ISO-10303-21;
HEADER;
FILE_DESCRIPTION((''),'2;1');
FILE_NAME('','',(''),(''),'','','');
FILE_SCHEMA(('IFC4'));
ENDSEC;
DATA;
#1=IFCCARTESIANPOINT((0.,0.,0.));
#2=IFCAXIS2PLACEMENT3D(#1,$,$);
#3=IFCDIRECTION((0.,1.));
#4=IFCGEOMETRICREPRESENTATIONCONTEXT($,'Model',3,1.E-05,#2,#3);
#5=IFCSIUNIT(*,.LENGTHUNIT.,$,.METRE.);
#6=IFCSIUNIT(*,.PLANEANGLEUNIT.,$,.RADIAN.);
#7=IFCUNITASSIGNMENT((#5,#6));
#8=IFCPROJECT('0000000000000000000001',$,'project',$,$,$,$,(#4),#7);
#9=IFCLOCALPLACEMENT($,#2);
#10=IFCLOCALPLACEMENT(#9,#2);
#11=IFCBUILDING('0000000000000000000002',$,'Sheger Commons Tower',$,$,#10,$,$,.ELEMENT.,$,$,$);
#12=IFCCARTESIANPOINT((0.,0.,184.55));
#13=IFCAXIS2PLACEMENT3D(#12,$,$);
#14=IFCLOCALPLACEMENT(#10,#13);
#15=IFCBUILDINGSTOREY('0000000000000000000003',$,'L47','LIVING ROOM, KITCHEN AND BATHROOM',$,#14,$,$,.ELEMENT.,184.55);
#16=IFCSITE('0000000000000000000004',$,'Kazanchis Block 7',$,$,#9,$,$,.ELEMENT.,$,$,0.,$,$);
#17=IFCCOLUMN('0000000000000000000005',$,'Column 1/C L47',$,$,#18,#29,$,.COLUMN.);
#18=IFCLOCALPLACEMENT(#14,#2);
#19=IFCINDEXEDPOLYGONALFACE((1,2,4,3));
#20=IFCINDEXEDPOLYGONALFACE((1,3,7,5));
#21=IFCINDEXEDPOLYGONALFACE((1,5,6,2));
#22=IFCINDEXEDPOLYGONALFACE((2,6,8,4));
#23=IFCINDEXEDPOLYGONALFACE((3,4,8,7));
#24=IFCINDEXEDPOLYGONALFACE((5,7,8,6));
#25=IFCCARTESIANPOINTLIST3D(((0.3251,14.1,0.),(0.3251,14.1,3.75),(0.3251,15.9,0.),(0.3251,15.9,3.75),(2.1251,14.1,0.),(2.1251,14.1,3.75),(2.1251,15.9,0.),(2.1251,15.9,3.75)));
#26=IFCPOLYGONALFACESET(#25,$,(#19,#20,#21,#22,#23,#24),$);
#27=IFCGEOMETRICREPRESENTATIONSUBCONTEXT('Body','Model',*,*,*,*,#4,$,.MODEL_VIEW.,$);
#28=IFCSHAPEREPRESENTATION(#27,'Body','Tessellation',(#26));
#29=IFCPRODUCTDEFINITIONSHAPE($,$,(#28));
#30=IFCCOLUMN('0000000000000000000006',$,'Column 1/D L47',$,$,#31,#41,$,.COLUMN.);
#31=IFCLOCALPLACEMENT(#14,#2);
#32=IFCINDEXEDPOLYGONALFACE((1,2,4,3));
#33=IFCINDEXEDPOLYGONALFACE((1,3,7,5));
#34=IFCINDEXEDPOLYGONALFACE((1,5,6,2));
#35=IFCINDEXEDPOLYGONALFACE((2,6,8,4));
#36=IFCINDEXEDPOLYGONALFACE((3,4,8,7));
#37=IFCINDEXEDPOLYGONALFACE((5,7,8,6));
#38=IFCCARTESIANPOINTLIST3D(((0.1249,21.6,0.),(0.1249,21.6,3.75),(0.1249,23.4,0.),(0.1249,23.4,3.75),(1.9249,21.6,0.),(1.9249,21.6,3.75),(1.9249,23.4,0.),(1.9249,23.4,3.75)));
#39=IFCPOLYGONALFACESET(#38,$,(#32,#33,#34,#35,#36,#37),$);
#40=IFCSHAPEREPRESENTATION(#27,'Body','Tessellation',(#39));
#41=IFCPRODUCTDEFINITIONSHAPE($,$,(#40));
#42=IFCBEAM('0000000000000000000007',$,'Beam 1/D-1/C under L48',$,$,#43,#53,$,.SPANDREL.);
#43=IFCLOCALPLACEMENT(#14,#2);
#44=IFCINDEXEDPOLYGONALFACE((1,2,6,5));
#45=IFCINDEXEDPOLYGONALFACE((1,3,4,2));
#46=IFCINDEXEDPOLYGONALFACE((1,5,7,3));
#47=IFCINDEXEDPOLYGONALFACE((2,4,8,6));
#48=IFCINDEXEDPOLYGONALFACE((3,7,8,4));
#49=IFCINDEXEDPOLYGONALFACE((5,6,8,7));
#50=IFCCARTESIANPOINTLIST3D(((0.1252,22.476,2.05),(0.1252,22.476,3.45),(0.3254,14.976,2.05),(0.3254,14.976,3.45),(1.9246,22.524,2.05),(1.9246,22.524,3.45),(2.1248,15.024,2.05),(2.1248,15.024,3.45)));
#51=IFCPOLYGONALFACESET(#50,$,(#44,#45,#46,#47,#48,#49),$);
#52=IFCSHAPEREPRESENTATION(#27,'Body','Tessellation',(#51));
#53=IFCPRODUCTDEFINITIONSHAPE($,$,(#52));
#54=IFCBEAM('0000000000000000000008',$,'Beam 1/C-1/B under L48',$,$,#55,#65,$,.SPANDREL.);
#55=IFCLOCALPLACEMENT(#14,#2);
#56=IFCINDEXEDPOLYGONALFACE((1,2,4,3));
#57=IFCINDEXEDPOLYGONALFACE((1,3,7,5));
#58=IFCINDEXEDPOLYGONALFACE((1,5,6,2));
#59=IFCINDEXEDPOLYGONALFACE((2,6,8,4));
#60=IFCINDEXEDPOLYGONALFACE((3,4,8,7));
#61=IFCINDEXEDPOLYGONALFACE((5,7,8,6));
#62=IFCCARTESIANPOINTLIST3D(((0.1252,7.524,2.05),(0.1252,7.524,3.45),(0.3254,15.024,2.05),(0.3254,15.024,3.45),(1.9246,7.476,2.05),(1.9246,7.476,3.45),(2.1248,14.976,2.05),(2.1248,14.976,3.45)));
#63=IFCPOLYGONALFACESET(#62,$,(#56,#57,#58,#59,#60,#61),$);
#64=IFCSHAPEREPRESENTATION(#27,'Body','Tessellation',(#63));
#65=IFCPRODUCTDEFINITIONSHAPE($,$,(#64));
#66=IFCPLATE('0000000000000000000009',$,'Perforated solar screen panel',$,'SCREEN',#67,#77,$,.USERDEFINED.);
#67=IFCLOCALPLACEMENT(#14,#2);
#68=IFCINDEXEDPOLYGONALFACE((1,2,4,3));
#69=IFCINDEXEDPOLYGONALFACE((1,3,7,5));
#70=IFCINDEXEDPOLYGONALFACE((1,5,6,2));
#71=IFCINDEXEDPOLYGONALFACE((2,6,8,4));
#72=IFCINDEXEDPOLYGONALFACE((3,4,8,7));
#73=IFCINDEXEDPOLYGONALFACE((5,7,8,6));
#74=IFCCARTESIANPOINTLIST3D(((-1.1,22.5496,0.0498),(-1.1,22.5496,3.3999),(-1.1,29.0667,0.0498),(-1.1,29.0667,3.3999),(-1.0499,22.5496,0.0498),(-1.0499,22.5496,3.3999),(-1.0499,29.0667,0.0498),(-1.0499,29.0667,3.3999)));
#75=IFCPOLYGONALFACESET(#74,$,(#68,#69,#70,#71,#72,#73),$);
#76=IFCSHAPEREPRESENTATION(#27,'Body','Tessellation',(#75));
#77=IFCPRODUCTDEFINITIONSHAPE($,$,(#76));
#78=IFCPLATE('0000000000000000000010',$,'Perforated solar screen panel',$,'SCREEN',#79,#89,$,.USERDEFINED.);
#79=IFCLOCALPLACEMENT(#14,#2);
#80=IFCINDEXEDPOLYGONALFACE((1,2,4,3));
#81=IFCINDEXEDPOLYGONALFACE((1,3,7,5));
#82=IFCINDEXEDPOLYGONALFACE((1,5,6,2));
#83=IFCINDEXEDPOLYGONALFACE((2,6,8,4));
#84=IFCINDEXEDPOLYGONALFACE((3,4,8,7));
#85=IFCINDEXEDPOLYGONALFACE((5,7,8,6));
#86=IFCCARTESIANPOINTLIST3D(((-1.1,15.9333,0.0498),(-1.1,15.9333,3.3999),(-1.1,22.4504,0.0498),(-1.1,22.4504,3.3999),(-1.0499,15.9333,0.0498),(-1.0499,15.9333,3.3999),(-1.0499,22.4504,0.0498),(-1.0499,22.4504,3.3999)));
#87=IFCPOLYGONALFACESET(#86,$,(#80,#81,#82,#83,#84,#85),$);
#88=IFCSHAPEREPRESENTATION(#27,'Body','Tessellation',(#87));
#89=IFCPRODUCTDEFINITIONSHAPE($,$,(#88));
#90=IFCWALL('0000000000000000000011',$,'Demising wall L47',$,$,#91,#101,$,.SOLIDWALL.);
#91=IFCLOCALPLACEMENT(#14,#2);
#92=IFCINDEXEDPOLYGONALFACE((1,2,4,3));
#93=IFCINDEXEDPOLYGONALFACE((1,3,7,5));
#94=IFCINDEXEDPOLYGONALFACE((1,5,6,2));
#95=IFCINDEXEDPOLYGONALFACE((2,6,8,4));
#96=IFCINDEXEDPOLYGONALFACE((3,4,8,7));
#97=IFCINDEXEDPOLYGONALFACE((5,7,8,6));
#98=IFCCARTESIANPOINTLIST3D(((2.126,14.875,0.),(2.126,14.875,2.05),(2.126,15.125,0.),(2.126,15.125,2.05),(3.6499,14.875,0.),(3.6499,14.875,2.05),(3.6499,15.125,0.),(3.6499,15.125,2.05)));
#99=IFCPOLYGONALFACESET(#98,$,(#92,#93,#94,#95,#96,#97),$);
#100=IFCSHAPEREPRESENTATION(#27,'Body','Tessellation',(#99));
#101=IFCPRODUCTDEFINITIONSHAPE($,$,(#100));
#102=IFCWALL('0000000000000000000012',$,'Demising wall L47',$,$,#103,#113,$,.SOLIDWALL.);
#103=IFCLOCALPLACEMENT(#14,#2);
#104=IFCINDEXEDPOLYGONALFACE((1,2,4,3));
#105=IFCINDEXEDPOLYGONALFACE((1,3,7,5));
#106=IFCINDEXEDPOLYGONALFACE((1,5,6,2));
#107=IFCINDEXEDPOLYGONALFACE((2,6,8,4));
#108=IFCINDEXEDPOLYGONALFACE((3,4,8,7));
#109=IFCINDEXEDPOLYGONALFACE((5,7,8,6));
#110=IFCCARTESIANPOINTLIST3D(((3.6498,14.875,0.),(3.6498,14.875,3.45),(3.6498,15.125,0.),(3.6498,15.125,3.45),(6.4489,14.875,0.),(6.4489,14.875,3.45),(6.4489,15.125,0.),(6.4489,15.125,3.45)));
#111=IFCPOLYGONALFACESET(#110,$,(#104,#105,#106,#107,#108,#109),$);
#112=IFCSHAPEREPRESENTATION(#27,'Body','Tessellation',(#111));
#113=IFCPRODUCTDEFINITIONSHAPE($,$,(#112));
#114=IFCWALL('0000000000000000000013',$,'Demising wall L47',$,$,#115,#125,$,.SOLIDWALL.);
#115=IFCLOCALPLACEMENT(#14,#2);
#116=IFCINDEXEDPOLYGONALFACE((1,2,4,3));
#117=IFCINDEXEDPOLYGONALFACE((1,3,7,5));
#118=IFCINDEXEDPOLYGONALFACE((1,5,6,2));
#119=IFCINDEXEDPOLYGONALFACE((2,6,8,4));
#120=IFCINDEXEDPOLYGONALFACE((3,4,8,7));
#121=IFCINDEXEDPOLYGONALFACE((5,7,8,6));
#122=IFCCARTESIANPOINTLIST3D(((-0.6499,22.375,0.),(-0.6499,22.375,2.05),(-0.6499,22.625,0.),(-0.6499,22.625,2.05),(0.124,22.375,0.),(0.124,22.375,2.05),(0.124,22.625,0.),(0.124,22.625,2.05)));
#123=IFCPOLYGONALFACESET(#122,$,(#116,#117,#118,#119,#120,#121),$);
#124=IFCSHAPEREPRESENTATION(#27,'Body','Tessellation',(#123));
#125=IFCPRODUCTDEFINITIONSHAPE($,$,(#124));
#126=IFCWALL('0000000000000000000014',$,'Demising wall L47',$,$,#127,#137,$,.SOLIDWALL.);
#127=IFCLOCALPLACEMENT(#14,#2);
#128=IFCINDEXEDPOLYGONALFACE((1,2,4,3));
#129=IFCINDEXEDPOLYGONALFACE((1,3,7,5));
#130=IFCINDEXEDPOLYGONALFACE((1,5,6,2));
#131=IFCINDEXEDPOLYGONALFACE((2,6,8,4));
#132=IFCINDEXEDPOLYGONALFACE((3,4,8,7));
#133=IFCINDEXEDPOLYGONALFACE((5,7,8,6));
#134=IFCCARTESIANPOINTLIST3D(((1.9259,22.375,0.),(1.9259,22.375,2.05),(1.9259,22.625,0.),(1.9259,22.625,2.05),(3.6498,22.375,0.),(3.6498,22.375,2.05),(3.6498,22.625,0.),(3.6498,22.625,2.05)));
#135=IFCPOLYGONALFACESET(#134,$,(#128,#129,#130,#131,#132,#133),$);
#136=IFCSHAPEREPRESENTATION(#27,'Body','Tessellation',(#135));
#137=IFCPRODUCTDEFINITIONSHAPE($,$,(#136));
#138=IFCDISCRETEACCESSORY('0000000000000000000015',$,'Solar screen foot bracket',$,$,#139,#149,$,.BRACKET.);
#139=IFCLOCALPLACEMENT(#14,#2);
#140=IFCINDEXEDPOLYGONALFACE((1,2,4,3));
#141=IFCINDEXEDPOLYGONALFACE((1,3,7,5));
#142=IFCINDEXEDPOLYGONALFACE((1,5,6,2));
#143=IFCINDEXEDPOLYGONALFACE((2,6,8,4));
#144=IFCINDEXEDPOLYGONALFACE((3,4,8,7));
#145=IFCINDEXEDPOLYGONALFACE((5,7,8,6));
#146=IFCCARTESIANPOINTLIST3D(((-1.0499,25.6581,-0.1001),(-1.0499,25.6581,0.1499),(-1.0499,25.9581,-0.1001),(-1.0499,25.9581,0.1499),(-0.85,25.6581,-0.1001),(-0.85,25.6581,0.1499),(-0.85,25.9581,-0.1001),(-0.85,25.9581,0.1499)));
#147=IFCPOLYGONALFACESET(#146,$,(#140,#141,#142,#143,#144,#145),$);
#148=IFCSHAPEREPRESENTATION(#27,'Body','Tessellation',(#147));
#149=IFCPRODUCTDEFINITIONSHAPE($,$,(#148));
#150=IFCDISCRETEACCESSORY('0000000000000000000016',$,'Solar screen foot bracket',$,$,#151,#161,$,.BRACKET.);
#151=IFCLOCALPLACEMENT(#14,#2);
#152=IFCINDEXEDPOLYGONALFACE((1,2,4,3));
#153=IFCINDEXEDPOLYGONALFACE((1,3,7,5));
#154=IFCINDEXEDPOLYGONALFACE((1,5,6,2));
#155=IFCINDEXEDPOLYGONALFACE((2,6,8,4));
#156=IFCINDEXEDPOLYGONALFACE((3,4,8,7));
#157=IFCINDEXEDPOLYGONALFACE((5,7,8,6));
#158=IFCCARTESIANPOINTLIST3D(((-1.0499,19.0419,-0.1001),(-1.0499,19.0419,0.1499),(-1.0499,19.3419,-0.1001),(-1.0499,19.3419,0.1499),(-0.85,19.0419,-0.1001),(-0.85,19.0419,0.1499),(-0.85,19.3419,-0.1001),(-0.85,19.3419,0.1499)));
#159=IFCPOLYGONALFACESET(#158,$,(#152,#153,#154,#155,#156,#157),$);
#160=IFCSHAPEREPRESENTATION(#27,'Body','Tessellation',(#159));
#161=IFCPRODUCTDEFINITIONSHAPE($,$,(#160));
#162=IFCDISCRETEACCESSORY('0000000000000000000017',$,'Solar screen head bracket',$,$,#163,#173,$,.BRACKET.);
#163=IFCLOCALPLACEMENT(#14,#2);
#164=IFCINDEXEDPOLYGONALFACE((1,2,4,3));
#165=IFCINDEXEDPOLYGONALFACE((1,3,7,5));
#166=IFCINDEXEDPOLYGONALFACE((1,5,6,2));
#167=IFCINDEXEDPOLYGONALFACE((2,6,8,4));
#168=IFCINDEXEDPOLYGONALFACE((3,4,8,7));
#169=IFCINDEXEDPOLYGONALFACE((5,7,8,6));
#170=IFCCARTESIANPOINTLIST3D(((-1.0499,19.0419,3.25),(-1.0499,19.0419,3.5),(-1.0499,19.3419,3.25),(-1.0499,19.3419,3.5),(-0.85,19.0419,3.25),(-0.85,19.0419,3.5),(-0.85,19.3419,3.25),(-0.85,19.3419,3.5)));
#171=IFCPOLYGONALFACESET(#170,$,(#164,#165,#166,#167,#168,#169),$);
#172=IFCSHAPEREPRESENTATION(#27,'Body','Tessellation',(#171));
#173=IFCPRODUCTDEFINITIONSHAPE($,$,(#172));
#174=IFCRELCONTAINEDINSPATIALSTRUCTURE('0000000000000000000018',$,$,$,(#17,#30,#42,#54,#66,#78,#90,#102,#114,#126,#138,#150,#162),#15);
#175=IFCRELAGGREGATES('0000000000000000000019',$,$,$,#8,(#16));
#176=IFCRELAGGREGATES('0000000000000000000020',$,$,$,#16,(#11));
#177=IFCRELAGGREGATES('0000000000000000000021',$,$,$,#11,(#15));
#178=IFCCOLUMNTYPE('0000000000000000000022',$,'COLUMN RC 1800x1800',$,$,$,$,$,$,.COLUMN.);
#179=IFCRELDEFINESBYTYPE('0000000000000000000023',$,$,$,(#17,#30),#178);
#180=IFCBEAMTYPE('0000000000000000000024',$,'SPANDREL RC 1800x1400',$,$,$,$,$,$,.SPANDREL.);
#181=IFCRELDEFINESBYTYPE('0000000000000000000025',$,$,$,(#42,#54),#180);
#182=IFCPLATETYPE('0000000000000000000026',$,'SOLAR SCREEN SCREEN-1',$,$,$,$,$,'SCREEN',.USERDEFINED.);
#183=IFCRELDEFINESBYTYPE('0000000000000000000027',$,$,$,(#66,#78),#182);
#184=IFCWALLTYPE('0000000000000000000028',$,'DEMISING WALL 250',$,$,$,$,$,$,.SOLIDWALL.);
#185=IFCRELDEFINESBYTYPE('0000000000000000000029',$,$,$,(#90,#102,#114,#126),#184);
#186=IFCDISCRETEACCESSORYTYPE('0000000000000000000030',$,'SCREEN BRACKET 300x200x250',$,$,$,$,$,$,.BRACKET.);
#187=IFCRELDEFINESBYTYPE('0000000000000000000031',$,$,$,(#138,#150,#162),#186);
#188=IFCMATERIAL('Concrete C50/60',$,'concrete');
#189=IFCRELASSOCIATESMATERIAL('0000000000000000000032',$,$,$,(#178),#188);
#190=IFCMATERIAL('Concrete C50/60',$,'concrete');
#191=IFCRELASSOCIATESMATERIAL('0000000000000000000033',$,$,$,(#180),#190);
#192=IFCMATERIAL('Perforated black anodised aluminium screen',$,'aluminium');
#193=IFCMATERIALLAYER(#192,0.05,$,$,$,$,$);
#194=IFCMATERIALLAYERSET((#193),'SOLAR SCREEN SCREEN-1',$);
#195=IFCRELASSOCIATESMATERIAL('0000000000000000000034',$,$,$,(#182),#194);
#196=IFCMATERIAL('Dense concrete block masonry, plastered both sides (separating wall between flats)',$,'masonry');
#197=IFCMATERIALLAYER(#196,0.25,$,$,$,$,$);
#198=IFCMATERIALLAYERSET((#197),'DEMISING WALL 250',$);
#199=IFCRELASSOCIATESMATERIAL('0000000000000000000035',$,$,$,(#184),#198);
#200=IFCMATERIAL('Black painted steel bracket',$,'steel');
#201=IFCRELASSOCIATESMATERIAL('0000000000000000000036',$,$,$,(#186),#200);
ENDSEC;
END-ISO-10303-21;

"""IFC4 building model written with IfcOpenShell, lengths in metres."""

from ifc_helpers import new_model, si_unit, direction, frame, frame_2d, origin, origin_2d, place, context, subcontext, project, spatial, rectangle, extrude, material, layer, layer_set, material_profile, profile_set, type_object, element, save


model = new_model("IFC4")

# Units and contexts
model_context = context("Model", 3, precision=1e-05, world=origin(), true_north=direction((0.0, 1.0)))
body_context = subcontext(model_context, "Body", "Model", "MODEL_VIEW")
ifc_project = project(units=[si_unit("LENGTHUNIT", "METRE"), si_unit("PLANEANGLEUNIT", "RADIAN")], contexts=[model_context])

# Site, building, storey
site_placement = place(None, origin())
site = spatial("IfcSite", under=ifc_project, at=site_placement, Name="Kazanchis Block 7", CompositionType="ELEMENT", RefElevation=0.0)
building_placement = place(site_placement, origin())
building = spatial("IfcBuilding", under=site, at=building_placement, Name="Sheger Commons Tower", CompositionType="ELEMENT")
storey_placement = place(building_placement, frame((0.0, 0.0, 184.55)))
storey = spatial("IfcBuildingStorey", under=building, at=storey_placement, Name="L47", Description="LIVING ROOM, KITCHEN AND BATHROOM", CompositionType="ELEMENT", Elevation=184.55)

# Columns
ifc_material_1 = material(Name="Concrete C50/60", Category="concrete")
ifc_material_profile_1 = material_profile(ifc_material_1, rectangle(XDim=1.8, YDim=1.8, at=origin_2d()), Name="RC 1800x1800")
ifc_profile_set_1 = profile_set([ifc_material_profile_1], Name="Concrete C50/60")
column_type = type_object("IfcColumnType", Name="COLUMN RC 1800x1800", PredefinedType="COLUMN", material=ifc_profile_set_1)
for number, where, z_axis, x_axis, name in (
    (1, (1.2251, 15.0, 0.0), (0.0, 0.0, 1.0), (1.0, 0.0, 0.0), "Column 1/C L47"),
    (2, (1.0249, 22.5, 0.0), (0.0, 0.0, 1.0), (1.0, 0.0, 0.0), "Column 1/D L47"),
):
    element("IfcColumn", number, at=place(storey_placement, frame(where, z_axis=z_axis, x_axis=x_axis)), inside=storey, type_object=column_type, Name=name, PredefinedType="COLUMN", context=body_context, shape_type="SweptSolid", body=[
        extrude(rectangle(XDim=1.8, YDim=1.8, at=origin_2d()), origin(), (0.0, 0.0, 1.0), 3.75),
    ])

# Beams
ifc_material_2 = material(Name="Concrete C50/60", Category="concrete")
ifc_material_profile_2 = material_profile(ifc_material_2, rectangle(XDim=1.8, YDim=1.3999, at=origin_2d()), Name="RC 1800x1400")
ifc_profile_set_2 = profile_set([ifc_material_profile_2], Name="Concrete C50/60")
beam_type = type_object("IfcBeamType", Name="SPANDREL RC 1800x1400", PredefinedType="SPANDREL", material=ifc_profile_set_2)
for number, where, z_axis, x_axis, name in (
    (3, (1.0249, 22.5, 2.75), (0.026683, -0.999644, 0.0), (0.999644, 0.026683, 0.0), "Beam 1/D-1/C under L48"),
    (4, (1.2251, 15.0, 2.75), (-0.026683, -0.999644, 0.0), (0.999644, -0.026683, 0.0), "Beam 1/C-1/B under L48"),
):
    element("IfcBeam", number, at=place(storey_placement, frame(where, z_axis=z_axis, x_axis=x_axis)), inside=storey, type_object=beam_type, Name=name, PredefinedType="SPANDREL", context=body_context, shape_type="SweptSolid", body=[
        extrude(rectangle(XDim=1.8, YDim=1.3999, at=origin_2d()), origin(), (0.0, 0.0, 1.0), 7.5027),
    ])

# Plates
ifc_material_3 = material(Name="Perforated black anodised aluminium screen", Category="aluminium")
ifc_layer_1 = layer(ifc_material_3, 0.05)
ifc_layer_set_1 = layer_set([ifc_layer_1], Name="SOLAR SCREEN SCREEN-1")
plate_type = type_object("IfcPlateType", Name="SOLAR SCREEN SCREEN-1", ElementType="SCREEN", PredefinedType="USERDEFINED", material=ifc_layer_set_1)
for number, where, z_axis, x_axis, name in (
    (5, (-1.075, 25.8081, 0.0498), (0.0, 0.0, 1.0), (0.0, -1.0, 0.0), "Perforated solar screen panel"),
    (6, (-1.075, 19.1919, 0.0498), (0.0, 0.0, 1.0), (0.0, -1.0, 0.0), "Perforated solar screen panel"),
):
    element("IfcPlate", number, at=place(storey_placement, frame(where, z_axis=z_axis, x_axis=x_axis)), inside=storey, type_object=plate_type, Name=name, ObjectType="SCREEN", PredefinedType="USERDEFINED", context=body_context, shape_type="SweptSolid", body=[
        extrude(rectangle(XDim=6.5171, YDim=0.05, at=origin_2d()), origin(), (0.0, 0.0, 1.0), 3.3501),
    ])

# Walls
ifc_material_4 = material(Name="Dense concrete block masonry, plastered both sides (separating wall between flats)", Category="masonry")
ifc_layer_2 = layer(ifc_material_4, 0.25)
ifc_layer_set_2 = layer_set([ifc_layer_2], Name="DEMISING WALL 250")
wall_type = type_object("IfcWallType", Name="DEMISING WALL 250", PredefinedType="SOLIDWALL", material=ifc_layer_set_2)
wall_1_placement = place(storey_placement, frame((2.126, 15.0, 0.0), z_axis=(0.0, 0.0, 1.0), x_axis=(1.0, 0.0, 0.0)))
element("IfcWall", 7, at=wall_1_placement, inside=storey, type_object=wall_type, Name="Demising wall L47", PredefinedType="SOLIDWALL", context=body_context, shape_type="SweptSolid", body=[
    extrude(rectangle(XDim=1.5239, YDim=0.25, at=frame_2d((0.762, 0.0))), origin(), (0.0, 0.0, 1.0), 2.05),
])
wall_2_placement = place(storey_placement, frame((3.6499, 15.0, 0.0), z_axis=(0.0, 0.0, 1.0), x_axis=(1.0, 0.0, 0.0)))
element("IfcWall", 8, at=wall_2_placement, inside=storey, type_object=wall_type, Name="Demising wall L47", PredefinedType="SOLIDWALL", context=body_context, shape_type="SweptSolid", body=[
    extrude(rectangle(XDim=2.7991, YDim=0.25, at=frame_2d((1.3994, 0.0))), origin(), (0.0, 0.0, 1.0), 3.45),
])
wall_3_placement = place(storey_placement, frame((-0.6499, 22.5, 0.0), z_axis=(0.0, 0.0, 1.0), x_axis=(1.0, 0.0, 0.0)))
element("IfcWall", 9, at=wall_3_placement, inside=storey, type_object=wall_type, Name="Demising wall L47", PredefinedType="SOLIDWALL", context=body_context, shape_type="SweptSolid", body=[
    extrude(rectangle(XDim=0.7739, YDim=0.25, at=frame_2d((0.387, 0.0))), origin(), (0.0, 0.0, 1.0), 2.05),
])
wall_4_placement = place(storey_placement, frame((1.926, 22.5, 0.0), z_axis=(0.0, 0.0, 1.0), x_axis=(1.0, 0.0, 0.0)))
element("IfcWall", 10, at=wall_4_placement, inside=storey, type_object=wall_type, Name="Demising wall L47", PredefinedType="SOLIDWALL", context=body_context, shape_type="SweptSolid", body=[
    extrude(rectangle(XDim=1.7239, YDim=0.25, at=frame_2d((0.8618, 0.0))), origin(), (0.0, 0.0, 1.0), 2.05),
])

# Discrete accessories
ifc_material_5 = material(Name="Black painted steel bracket", Category="steel")
discrete_accessory_type = type_object("IfcDiscreteAccessoryType", Name="SCREEN BRACKET 300x200x250", PredefinedType="BRACKET", material=ifc_material_5)
for number, where, z_axis, x_axis, name in (
    (11, (-0.95, 25.8081, -0.1001), (0.0, 0.0, 1.0), (0.0, -1.0, 0.0), "Solar screen foot bracket"),
    (12, (-0.95, 19.1919, -0.1001), (0.0, 0.0, 1.0), (0.0, -1.0, 0.0), "Solar screen foot bracket"),
    (13, (-0.95, 19.1919, 3.25), (0.0, 0.0, 1.0), (0.0, -1.0, 0.0), "Solar screen head bracket"),
):
    element("IfcDiscreteAccessory", number, at=place(storey_placement, frame(where, z_axis=z_axis, x_axis=x_axis)), inside=storey, type_object=discrete_accessory_type, Name=name, PredefinedType="BRACKET", context=body_context, shape_type="SweptSolid", body=[
        extrude(rectangle(XDim=0.3, YDim=0.2, at=origin_2d()), origin(), (0.0, 0.0, 1.0), 0.25),
    ])

save(model, "model.ifc")
